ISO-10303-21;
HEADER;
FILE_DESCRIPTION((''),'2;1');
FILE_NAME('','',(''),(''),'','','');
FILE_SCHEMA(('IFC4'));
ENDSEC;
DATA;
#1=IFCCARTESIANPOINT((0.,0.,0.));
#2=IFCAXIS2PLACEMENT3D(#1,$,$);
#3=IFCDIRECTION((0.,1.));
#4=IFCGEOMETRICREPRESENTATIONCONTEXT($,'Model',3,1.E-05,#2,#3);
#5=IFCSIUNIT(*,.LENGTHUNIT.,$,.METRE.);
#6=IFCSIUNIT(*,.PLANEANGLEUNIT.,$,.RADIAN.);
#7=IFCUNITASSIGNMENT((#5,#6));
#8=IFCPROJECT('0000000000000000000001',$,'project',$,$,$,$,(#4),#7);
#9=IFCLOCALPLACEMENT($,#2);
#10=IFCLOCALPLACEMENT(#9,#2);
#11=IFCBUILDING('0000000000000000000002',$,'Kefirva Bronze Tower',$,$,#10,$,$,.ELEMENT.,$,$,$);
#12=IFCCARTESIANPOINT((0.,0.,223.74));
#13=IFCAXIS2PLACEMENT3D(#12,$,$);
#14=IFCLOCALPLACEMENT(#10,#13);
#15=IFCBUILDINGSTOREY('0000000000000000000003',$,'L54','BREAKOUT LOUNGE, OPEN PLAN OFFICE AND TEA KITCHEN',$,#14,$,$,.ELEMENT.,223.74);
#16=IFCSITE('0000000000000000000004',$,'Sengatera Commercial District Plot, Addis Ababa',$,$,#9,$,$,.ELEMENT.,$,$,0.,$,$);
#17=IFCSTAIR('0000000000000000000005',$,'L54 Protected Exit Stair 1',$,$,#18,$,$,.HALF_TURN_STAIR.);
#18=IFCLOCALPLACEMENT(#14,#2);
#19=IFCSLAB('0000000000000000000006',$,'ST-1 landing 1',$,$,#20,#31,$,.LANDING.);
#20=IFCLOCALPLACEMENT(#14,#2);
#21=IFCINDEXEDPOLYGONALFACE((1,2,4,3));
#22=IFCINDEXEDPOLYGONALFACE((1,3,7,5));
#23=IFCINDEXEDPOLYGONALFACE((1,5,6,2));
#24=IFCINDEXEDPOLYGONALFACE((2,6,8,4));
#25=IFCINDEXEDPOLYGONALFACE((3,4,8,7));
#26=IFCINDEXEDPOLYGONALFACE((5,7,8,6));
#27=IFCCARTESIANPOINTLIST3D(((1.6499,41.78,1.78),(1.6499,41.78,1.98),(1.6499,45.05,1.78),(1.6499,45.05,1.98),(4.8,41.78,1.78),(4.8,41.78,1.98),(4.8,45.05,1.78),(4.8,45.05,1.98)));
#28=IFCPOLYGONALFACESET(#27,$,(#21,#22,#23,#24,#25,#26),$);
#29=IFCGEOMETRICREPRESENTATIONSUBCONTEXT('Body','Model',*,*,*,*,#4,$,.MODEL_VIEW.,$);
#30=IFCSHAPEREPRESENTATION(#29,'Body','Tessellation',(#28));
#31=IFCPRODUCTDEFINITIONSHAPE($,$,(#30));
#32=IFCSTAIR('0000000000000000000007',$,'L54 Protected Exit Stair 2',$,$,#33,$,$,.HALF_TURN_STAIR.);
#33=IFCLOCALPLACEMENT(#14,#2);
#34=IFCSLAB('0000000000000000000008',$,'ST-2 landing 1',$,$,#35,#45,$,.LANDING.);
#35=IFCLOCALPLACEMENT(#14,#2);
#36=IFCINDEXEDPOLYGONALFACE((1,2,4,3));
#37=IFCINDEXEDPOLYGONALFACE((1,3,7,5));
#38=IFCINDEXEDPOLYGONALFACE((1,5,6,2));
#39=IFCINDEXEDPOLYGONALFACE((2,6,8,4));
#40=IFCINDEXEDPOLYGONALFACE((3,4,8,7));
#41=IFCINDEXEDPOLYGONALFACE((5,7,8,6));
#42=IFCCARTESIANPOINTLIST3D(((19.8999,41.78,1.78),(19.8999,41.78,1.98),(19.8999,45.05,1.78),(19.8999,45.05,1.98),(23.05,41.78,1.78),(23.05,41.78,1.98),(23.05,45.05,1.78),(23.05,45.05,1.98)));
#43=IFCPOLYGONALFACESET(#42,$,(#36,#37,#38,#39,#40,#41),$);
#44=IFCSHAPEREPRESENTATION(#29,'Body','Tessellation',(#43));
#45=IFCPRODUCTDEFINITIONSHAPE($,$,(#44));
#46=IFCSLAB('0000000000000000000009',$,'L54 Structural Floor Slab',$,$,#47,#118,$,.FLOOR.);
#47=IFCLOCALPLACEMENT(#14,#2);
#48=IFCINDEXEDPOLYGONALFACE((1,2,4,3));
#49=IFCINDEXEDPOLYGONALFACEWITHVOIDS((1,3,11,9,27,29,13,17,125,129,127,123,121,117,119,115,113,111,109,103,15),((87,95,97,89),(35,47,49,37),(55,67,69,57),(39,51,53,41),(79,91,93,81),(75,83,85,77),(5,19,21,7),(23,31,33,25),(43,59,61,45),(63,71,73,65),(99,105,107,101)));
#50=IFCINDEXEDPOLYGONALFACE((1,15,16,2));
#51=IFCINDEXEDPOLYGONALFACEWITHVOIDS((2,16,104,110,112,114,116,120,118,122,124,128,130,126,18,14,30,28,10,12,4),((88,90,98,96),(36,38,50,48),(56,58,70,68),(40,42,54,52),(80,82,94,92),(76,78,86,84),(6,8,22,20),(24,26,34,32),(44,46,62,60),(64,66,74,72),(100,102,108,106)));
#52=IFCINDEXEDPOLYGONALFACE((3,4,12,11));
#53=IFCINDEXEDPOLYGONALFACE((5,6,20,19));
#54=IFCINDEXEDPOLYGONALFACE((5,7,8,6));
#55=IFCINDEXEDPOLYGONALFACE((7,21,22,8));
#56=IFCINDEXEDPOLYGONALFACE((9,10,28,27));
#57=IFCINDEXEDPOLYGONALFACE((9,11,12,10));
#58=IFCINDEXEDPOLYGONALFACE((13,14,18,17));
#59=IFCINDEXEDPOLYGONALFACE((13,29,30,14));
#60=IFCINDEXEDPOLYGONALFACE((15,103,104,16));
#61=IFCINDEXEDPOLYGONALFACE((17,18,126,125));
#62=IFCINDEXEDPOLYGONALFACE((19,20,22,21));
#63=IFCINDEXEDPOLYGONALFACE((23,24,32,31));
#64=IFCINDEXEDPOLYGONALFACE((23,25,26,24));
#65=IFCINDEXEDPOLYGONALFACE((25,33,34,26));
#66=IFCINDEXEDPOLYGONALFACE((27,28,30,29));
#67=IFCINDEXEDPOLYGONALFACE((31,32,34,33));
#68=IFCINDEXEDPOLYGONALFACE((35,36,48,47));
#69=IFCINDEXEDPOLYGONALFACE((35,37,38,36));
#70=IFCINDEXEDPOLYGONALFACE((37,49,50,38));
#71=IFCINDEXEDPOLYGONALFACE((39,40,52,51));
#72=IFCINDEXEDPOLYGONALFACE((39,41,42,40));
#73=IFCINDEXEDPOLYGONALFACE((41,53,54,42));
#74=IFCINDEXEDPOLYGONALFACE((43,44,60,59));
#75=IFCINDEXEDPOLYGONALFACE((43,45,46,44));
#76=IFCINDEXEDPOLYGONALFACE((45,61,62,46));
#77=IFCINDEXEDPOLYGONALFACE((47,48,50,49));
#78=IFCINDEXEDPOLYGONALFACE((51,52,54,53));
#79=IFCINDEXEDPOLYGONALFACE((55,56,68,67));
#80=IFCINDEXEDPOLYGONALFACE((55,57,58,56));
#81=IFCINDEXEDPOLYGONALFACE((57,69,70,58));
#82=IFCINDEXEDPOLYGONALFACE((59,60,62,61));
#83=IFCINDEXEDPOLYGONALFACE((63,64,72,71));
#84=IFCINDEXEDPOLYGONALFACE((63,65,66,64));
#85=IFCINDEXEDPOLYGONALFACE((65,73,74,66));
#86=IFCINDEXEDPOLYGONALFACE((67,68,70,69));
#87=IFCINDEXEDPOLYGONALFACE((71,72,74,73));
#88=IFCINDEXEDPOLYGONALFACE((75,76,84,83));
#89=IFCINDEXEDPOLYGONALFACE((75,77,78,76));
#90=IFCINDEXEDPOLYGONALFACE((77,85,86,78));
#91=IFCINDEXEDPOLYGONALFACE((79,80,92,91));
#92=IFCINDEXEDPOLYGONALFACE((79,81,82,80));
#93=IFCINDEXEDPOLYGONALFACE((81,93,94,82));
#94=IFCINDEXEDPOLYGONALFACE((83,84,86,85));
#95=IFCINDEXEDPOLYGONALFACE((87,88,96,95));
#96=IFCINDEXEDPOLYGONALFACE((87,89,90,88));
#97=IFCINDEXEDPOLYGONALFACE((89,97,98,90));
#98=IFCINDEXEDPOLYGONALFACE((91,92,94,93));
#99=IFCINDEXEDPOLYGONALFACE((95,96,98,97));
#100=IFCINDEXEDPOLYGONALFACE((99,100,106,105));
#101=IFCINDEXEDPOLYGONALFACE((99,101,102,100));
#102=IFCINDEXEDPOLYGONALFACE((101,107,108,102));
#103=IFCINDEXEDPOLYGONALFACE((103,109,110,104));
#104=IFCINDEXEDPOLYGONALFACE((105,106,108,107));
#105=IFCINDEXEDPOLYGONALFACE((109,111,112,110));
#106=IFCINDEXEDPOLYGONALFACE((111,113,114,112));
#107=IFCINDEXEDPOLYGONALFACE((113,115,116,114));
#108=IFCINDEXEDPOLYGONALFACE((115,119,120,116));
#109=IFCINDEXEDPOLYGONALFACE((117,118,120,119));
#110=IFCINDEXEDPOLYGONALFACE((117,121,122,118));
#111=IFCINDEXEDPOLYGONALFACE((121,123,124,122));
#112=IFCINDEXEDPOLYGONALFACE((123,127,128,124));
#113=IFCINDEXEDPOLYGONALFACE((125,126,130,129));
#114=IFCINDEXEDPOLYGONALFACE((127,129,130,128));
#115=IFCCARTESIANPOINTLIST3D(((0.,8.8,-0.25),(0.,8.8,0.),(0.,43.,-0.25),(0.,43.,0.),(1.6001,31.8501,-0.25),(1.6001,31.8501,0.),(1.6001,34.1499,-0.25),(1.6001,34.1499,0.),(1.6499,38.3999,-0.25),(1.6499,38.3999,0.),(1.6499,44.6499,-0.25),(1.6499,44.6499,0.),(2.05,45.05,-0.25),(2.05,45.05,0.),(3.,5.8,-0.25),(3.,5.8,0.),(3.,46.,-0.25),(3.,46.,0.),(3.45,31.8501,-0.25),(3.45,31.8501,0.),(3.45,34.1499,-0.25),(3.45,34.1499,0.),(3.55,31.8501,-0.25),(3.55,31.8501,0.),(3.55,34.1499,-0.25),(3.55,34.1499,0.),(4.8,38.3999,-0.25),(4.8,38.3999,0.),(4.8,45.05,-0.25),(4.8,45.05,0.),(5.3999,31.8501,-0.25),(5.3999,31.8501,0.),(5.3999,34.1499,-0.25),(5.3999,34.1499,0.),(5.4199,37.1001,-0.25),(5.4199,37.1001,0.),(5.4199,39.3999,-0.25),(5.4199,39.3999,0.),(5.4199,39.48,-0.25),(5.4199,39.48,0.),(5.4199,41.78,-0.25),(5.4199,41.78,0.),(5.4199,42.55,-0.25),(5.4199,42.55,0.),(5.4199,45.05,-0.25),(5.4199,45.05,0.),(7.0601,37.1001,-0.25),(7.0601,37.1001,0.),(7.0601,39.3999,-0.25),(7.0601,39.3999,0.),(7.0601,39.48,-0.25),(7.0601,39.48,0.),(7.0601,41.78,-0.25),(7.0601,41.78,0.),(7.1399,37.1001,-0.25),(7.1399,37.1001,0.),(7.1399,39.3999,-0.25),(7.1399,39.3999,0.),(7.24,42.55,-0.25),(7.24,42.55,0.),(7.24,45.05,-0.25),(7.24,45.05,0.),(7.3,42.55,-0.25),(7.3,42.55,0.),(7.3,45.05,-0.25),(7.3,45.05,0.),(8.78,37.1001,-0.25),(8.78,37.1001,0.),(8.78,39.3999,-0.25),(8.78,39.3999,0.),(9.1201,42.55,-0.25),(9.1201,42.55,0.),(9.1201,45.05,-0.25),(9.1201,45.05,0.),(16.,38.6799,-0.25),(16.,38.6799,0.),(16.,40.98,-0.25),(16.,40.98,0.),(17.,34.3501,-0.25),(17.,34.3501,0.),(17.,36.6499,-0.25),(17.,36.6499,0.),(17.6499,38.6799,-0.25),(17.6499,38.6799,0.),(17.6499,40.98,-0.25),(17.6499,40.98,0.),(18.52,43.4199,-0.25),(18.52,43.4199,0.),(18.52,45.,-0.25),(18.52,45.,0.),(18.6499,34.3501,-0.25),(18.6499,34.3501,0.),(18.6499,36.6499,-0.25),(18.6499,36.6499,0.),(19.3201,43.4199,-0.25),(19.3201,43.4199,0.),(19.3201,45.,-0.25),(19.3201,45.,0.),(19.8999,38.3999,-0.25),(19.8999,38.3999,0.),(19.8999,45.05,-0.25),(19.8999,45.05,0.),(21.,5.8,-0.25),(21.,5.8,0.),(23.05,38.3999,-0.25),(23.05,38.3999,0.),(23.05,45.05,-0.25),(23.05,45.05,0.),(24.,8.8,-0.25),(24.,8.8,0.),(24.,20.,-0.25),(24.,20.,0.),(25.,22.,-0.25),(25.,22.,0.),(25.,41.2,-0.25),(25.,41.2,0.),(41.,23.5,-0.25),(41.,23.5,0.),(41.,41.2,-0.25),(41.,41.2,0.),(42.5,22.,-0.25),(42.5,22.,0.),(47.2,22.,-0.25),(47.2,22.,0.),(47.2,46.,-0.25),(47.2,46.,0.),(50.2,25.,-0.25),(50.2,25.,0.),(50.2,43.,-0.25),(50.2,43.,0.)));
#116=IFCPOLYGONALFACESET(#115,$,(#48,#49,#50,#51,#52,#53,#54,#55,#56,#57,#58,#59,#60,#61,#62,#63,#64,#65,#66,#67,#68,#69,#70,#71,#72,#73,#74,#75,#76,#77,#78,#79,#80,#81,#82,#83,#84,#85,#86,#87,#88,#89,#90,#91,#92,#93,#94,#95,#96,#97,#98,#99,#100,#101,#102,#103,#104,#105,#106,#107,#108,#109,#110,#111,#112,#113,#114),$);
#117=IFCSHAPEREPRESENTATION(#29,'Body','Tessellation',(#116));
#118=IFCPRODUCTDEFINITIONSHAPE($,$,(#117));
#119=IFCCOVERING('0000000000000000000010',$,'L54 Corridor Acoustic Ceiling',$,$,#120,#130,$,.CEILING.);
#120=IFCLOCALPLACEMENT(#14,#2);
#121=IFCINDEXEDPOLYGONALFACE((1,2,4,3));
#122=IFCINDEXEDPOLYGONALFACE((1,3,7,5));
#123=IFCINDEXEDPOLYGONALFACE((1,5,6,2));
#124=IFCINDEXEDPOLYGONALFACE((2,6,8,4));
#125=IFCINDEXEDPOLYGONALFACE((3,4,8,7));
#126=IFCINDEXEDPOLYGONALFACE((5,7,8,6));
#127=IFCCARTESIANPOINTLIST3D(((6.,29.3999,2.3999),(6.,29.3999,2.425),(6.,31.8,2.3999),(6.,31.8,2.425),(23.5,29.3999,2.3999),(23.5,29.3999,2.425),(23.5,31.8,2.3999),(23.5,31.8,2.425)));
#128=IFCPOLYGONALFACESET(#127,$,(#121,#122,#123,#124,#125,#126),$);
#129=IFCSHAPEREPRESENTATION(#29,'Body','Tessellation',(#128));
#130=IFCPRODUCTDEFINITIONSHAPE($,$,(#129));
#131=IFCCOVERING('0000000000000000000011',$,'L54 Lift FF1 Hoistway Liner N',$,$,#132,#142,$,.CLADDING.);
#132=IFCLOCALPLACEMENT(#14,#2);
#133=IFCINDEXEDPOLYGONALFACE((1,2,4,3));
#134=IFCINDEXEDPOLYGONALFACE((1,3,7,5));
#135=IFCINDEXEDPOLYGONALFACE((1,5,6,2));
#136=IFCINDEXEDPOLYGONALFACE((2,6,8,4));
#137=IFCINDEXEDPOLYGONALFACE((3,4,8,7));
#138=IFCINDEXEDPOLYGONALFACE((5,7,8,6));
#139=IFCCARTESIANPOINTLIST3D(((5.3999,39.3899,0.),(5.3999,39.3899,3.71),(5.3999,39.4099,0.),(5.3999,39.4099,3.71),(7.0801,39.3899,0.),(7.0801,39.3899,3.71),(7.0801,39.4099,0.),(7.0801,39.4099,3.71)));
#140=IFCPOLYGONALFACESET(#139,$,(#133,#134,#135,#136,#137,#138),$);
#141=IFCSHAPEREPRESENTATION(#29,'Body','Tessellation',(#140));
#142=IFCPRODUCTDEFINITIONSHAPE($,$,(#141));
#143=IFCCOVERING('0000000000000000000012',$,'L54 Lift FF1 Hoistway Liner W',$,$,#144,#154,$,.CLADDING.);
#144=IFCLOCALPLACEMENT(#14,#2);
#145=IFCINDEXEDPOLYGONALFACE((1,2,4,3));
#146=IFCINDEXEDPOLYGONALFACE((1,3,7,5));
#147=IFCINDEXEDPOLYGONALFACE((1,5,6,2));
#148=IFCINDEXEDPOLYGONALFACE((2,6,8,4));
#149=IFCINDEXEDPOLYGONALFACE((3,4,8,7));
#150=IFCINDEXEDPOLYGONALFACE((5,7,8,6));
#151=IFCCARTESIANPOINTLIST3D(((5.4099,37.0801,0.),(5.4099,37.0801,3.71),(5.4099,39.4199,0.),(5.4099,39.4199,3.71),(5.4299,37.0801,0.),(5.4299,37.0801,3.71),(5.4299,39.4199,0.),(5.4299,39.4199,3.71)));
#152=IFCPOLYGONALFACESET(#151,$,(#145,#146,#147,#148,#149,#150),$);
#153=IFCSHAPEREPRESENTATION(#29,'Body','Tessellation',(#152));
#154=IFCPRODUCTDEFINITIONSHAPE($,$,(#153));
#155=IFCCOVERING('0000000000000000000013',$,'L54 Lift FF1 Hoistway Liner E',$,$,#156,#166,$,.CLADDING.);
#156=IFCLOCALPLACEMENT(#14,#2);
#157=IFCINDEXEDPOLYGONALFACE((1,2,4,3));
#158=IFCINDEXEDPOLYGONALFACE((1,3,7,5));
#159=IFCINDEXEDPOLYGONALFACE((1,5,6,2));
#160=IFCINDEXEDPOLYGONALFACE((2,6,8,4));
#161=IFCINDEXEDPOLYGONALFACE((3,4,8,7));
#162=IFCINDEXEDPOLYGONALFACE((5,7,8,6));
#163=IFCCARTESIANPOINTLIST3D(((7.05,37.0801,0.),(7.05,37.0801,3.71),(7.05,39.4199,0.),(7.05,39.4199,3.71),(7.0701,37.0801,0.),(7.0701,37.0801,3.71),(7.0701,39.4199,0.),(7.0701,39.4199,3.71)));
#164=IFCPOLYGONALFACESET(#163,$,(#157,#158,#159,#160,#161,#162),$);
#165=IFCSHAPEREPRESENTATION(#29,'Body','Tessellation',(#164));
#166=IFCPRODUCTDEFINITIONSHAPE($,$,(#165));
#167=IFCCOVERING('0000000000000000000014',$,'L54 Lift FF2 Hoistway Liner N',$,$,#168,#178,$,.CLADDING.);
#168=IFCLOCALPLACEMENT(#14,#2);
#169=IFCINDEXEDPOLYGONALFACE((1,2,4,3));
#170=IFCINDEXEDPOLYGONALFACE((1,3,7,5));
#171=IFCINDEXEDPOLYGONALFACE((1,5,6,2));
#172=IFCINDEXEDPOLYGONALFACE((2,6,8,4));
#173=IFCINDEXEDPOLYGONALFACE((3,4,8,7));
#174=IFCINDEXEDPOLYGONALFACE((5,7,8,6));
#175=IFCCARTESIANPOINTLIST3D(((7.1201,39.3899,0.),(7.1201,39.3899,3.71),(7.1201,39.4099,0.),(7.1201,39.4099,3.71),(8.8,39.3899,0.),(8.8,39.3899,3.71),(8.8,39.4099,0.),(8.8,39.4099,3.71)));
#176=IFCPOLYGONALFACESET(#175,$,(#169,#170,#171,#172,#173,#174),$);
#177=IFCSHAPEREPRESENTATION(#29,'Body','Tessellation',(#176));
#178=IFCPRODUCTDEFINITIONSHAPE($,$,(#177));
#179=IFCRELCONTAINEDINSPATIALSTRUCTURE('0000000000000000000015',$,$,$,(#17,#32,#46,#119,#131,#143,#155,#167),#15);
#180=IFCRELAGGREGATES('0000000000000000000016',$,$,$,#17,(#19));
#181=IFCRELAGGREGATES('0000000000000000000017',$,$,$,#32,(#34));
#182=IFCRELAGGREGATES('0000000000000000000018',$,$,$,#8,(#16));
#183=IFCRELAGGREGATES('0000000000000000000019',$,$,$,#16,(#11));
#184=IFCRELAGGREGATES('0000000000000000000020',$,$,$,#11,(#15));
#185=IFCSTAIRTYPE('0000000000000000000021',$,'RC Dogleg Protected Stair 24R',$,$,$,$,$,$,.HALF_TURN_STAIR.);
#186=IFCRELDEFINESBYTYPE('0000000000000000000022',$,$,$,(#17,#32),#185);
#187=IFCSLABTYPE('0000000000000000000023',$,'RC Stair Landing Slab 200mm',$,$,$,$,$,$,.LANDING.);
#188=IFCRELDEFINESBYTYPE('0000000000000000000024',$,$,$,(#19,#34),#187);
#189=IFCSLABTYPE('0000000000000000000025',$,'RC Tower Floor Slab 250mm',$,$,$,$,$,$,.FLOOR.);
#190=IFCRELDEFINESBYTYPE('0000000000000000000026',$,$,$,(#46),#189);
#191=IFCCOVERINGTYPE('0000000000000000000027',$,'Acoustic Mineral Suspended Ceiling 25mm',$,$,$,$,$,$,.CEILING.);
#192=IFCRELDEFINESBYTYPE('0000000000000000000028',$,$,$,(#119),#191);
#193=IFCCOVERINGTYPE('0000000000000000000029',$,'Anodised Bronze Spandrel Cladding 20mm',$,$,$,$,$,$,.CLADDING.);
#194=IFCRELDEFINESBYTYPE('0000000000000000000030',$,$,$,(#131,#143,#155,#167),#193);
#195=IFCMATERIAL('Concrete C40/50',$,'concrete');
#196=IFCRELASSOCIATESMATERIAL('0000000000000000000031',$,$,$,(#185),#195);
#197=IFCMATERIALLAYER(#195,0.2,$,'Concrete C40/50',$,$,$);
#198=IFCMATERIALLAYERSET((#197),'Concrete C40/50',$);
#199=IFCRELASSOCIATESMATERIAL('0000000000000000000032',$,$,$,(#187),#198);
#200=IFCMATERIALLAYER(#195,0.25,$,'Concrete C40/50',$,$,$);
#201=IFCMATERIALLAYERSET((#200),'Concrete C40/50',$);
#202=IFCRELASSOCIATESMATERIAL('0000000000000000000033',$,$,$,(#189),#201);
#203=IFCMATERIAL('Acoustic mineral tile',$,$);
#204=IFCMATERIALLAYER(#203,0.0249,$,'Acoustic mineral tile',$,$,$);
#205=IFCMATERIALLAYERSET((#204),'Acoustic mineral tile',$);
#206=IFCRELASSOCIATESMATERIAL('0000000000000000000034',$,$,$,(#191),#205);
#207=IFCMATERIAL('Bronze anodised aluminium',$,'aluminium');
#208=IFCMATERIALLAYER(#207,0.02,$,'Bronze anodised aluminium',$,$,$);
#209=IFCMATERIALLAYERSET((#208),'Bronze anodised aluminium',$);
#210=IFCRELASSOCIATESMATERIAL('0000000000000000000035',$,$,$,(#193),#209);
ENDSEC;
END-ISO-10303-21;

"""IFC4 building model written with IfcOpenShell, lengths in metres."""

from ifc_helpers import new_model, si_unit, direction, frame, origin, place, context, subcontext, project, spatial, polyline, outline, extrude, material, layer, layer_set, type_object, element, aggregate, save


model = new_model("IFC4")

# Units and contexts
model_context = context("Model", 3, precision=1e-05, world=origin(), true_north=direction((0.0, 1.0)))
body_context = subcontext(model_context, "Body", "Model", "MODEL_VIEW")
ifc_project = project(units=[si_unit("LENGTHUNIT", "METRE"), si_unit("PLANEANGLEUNIT", "RADIAN")], contexts=[model_context])

# Site, building, storey
site_placement = place(None, origin())
site = spatial("IfcSite", under=ifc_project, at=site_placement, Name="Sengatera Commercial District Plot, Addis Ababa", CompositionType="ELEMENT", RefElevation=0.0)
building_placement = place(site_placement, origin())
building = spatial("IfcBuilding", under=site, at=building_placement, Name="Kefirva Bronze Tower", CompositionType="ELEMENT")
storey_placement = place(building_placement, frame((0.0, 0.0, 223.74)))
storey = spatial("IfcBuildingStorey", under=building, at=storey_placement, Name="L54", Description="BREAKOUT LOUNGE, OPEN PLAN OFFICE AND TEA KITCHEN", CompositionType="ELEMENT", Elevation=223.74)

# Stairs, slabs
ifc_material_1 = material(Name="Concrete C40/50", Category="concrete")
stair_type = type_object("IfcStairType", Name="RC Dogleg Protected Stair 24R", PredefinedType="HALF_TURN_STAIR", material=ifc_material_1)
stair_1_placement = place(storey_placement, origin())
stair_1 = element("IfcStair", 1, at=stair_1_placement, inside=storey, type_object=stair_type, Name="L54 Protected Exit Stair 1", PredefinedType="HALF_TURN_STAIR")
ifc_layer_1 = layer(ifc_material_1, 0.2, Name="Concrete C40/50")
ifc_layer_set_1 = layer_set([ifc_layer_1], Name="Concrete C40/50")
slab_type_1 = type_object("IfcSlabType", Name="RC Stair Landing Slab 200mm", PredefinedType="LANDING", material=ifc_layer_set_1)
slab_1_placement = place(storey_placement, frame((0.0, 0.0, 1.78)))
slab_1 = element("IfcSlab", 2, at=slab_1_placement, type_object=slab_type_1, Name="ST-1 landing 1", PredefinedType="LANDING", context=body_context, shape_type="SweptSolid", body=[
    extrude(outline(polyline([(4.8, 41.78), (4.8, 45.05), (1.6499, 45.05), (1.6499, 41.78), (4.8, 41.78)])), origin(), (0.0, 0.0, 1.0), 0.2),
])
aggregate(stair_1, [slab_1])
stair_2_placement = place(storey_placement, origin())
stair_2 = element("IfcStair", 3, at=stair_2_placement, inside=storey, type_object=stair_type, Name="L54 Protected Exit Stair 2", PredefinedType="HALF_TURN_STAIR")
slab_2_placement = place(storey_placement, frame((0.0, 0.0, 1.78)))
slab_2 = element("IfcSlab", 4, at=slab_2_placement, type_object=slab_type_1, Name="ST-2 landing 1", PredefinedType="LANDING", context=body_context, shape_type="SweptSolid", body=[
    extrude(outline(polyline([(23.05, 41.78), (23.05, 45.05), (19.8999, 45.05), (19.8999, 41.78), (23.05, 41.78)])), origin(), (0.0, 0.0, 1.0), 0.2),
])
aggregate(stair_2, [slab_2])

# Slab
ifc_layer_2 = layer(ifc_material_1, 0.25, Name="Concrete C40/50")
ifc_layer_set_2 = layer_set([ifc_layer_2], Name="Concrete C40/50")
slab_type_2 = type_object("IfcSlabType", Name="RC Tower Floor Slab 250mm", PredefinedType="FLOOR", material=ifc_layer_set_2)
slab_3_placement = place(storey_placement, frame((0.0, 0.0, -0.25)))
element("IfcSlab", 5, at=slab_3_placement, inside=storey, type_object=slab_type_2, Name="L54 Structural Floor Slab", PredefinedType="FLOOR", context=body_context, shape_type="SweptSolid", body=[
    extrude(outline(polyline([(0.0, 8.8), (0.0, 43.0), (1.6499, 44.6499), (1.6499, 38.3999), (4.8, 38.3999), (4.8, 45.05), (2.05, 45.05), (3.0, 46.0), (47.2, 46.0), (50.2, 43.0), (50.2, 25.0), (47.2, 22.0), (42.5, 22.0), (41.0, 23.5), (41.0, 41.2), (25.0, 41.2), (25.0, 22.0), (24.0, 20.0), (24.0, 8.8), (21.0, 5.8), (3.0, 5.8), (0.0, 8.8)]), holes=[polyline([(23.05, 45.05), (19.8999, 45.05), (19.8999, 38.3999), (23.05, 38.3999), (23.05, 45.05)]), polyline([(19.3201, 43.4199), (19.3201, 45.0), (18.52, 45.0), (18.52, 43.4199), (19.3201, 43.4199)]), polyline([(18.6499, 36.6499), (17.0, 36.6499), (17.0, 34.3501), (18.6499, 34.3501), (18.6499, 36.6499)]), polyline([(17.6499, 38.6799), (17.6499, 40.98), (16.0, 40.98), (16.0, 38.6799), (17.6499, 38.6799)]), polyline([(9.1201, 42.55), (9.1201, 45.05), (7.3, 45.05), (7.3, 42.55), (9.1201, 42.55)]), polyline([(8.78, 37.1001), (8.78, 39.3999), (7.1399, 39.3999), (7.1399, 37.1001), (8.78, 37.1001)]), polyline([(7.24, 42.55), (7.24, 45.05), (5.4199, 45.05), (5.4199, 42.55), (7.24, 42.55)]), polyline([(7.0601, 37.1001), (7.0601, 39.3999), (5.4199, 39.3999), (5.4199, 37.1001), (7.0601, 37.1001)]), polyline([(7.0601, 41.78), (5.4199, 41.78), (5.4199, 39.48), (7.0601, 39.48), (7.0601, 41.78)]), polyline([(5.3999, 31.8501), (5.3999, 34.1499), (3.55, 34.1499), (3.55, 31.8501), (5.3999, 31.8501)]), polyline([(3.45, 34.1499), (1.6001, 34.1499), (1.6001, 31.8501), (3.45, 31.8501), (3.45, 34.1499)])]), origin(), (0.0, 0.0, 1.0), 0.25),
])

# Coverings
ifc_material_2 = material(Name="Acoustic mineral tile")
ifc_layer_3 = layer(ifc_material_2, 0.0249, Name="Acoustic mineral tile")
ifc_layer_set_3 = layer_set([ifc_layer_3], Name="Acoustic mineral tile")
covering_type_1 = type_object("IfcCoveringType", Name="Acoustic Mineral Suspended Ceiling 25mm", PredefinedType="CEILING", material=ifc_layer_set_3)
covering_1_placement = place(storey_placement, frame((0.0, 0.0, 2.3999)))
element("IfcCovering", 6, at=covering_1_placement, inside=storey, type_object=covering_type_1, Name="L54 Corridor Acoustic Ceiling", PredefinedType="CEILING", context=body_context, shape_type="SweptSolid", body=[
    extrude(outline(polyline([(6.0, 29.3999), (23.5, 29.3999), (23.5, 31.8), (6.0, 31.8), (6.0, 29.3999)])), origin(), (0.0, 0.0, 1.0), 0.0251),
])
ifc_material_3 = material(Name="Bronze anodised aluminium", Category="aluminium")
ifc_layer_4 = layer(ifc_material_3, 0.02, Name="Bronze anodised aluminium")
ifc_layer_set_4 = layer_set([ifc_layer_4], Name="Bronze anodised aluminium")
covering_type_2 = type_object("IfcCoveringType", Name="Anodised Bronze Spandrel Cladding 20mm", PredefinedType="CLADDING", material=ifc_layer_set_4)
covering_2_placement = place(storey_placement, origin())
element("IfcCovering", 7, at=covering_2_placement, inside=storey, type_object=covering_type_2, Name="L54 Lift FF1 Hoistway Liner N", PredefinedType="CLADDING", context=body_context, shape_type="SweptSolid", body=[
    extrude(outline(polyline([(5.3999, 39.3899), (7.0801, 39.3899), (7.0801, 39.4099), (5.3999, 39.4099), (5.3999, 39.3899)])), origin(), (0.0, 0.0, 1.0), 3.71),
])
covering_3_placement = place(storey_placement, origin())
element("IfcCovering", 8, at=covering_3_placement, inside=storey, type_object=covering_type_2, Name="L54 Lift FF1 Hoistway Liner W", PredefinedType="CLADDING", context=body_context, shape_type="SweptSolid", body=[
    extrude(outline(polyline([(5.4099, 37.0801), (5.4299, 37.0801), (5.4299, 39.4199), (5.4099, 39.4199), (5.4099, 37.0801)])), origin(), (0.0, 0.0, 1.0), 3.71),
])
covering_4_placement = place(storey_placement, origin())
element("IfcCovering", 9, at=covering_4_placement, inside=storey, type_object=covering_type_2, Name="L54 Lift FF1 Hoistway Liner E", PredefinedType="CLADDING", context=body_context, shape_type="SweptSolid", body=[
    extrude(outline(polyline([(7.05, 37.0801), (7.0701, 37.0801), (7.0701, 39.4199), (7.05, 39.4199), (7.05, 37.0801)])), origin(), (0.0, 0.0, 1.0), 3.71),
])
covering_5_placement = place(storey_placement, origin())
element("IfcCovering", 10, at=covering_5_placement, inside=storey, type_object=covering_type_2, Name="L54 Lift FF2 Hoistway Liner N", PredefinedType="CLADDING", context=body_context, shape_type="SweptSolid", body=[
    extrude(outline(polyline([(7.1201, 39.3899), (8.8, 39.3899), (8.8, 39.4099), (7.1201, 39.4099), (7.1201, 39.3899)])), origin(), (0.0, 0.0, 1.0), 3.71),
])

save(model, "model.ifc")
